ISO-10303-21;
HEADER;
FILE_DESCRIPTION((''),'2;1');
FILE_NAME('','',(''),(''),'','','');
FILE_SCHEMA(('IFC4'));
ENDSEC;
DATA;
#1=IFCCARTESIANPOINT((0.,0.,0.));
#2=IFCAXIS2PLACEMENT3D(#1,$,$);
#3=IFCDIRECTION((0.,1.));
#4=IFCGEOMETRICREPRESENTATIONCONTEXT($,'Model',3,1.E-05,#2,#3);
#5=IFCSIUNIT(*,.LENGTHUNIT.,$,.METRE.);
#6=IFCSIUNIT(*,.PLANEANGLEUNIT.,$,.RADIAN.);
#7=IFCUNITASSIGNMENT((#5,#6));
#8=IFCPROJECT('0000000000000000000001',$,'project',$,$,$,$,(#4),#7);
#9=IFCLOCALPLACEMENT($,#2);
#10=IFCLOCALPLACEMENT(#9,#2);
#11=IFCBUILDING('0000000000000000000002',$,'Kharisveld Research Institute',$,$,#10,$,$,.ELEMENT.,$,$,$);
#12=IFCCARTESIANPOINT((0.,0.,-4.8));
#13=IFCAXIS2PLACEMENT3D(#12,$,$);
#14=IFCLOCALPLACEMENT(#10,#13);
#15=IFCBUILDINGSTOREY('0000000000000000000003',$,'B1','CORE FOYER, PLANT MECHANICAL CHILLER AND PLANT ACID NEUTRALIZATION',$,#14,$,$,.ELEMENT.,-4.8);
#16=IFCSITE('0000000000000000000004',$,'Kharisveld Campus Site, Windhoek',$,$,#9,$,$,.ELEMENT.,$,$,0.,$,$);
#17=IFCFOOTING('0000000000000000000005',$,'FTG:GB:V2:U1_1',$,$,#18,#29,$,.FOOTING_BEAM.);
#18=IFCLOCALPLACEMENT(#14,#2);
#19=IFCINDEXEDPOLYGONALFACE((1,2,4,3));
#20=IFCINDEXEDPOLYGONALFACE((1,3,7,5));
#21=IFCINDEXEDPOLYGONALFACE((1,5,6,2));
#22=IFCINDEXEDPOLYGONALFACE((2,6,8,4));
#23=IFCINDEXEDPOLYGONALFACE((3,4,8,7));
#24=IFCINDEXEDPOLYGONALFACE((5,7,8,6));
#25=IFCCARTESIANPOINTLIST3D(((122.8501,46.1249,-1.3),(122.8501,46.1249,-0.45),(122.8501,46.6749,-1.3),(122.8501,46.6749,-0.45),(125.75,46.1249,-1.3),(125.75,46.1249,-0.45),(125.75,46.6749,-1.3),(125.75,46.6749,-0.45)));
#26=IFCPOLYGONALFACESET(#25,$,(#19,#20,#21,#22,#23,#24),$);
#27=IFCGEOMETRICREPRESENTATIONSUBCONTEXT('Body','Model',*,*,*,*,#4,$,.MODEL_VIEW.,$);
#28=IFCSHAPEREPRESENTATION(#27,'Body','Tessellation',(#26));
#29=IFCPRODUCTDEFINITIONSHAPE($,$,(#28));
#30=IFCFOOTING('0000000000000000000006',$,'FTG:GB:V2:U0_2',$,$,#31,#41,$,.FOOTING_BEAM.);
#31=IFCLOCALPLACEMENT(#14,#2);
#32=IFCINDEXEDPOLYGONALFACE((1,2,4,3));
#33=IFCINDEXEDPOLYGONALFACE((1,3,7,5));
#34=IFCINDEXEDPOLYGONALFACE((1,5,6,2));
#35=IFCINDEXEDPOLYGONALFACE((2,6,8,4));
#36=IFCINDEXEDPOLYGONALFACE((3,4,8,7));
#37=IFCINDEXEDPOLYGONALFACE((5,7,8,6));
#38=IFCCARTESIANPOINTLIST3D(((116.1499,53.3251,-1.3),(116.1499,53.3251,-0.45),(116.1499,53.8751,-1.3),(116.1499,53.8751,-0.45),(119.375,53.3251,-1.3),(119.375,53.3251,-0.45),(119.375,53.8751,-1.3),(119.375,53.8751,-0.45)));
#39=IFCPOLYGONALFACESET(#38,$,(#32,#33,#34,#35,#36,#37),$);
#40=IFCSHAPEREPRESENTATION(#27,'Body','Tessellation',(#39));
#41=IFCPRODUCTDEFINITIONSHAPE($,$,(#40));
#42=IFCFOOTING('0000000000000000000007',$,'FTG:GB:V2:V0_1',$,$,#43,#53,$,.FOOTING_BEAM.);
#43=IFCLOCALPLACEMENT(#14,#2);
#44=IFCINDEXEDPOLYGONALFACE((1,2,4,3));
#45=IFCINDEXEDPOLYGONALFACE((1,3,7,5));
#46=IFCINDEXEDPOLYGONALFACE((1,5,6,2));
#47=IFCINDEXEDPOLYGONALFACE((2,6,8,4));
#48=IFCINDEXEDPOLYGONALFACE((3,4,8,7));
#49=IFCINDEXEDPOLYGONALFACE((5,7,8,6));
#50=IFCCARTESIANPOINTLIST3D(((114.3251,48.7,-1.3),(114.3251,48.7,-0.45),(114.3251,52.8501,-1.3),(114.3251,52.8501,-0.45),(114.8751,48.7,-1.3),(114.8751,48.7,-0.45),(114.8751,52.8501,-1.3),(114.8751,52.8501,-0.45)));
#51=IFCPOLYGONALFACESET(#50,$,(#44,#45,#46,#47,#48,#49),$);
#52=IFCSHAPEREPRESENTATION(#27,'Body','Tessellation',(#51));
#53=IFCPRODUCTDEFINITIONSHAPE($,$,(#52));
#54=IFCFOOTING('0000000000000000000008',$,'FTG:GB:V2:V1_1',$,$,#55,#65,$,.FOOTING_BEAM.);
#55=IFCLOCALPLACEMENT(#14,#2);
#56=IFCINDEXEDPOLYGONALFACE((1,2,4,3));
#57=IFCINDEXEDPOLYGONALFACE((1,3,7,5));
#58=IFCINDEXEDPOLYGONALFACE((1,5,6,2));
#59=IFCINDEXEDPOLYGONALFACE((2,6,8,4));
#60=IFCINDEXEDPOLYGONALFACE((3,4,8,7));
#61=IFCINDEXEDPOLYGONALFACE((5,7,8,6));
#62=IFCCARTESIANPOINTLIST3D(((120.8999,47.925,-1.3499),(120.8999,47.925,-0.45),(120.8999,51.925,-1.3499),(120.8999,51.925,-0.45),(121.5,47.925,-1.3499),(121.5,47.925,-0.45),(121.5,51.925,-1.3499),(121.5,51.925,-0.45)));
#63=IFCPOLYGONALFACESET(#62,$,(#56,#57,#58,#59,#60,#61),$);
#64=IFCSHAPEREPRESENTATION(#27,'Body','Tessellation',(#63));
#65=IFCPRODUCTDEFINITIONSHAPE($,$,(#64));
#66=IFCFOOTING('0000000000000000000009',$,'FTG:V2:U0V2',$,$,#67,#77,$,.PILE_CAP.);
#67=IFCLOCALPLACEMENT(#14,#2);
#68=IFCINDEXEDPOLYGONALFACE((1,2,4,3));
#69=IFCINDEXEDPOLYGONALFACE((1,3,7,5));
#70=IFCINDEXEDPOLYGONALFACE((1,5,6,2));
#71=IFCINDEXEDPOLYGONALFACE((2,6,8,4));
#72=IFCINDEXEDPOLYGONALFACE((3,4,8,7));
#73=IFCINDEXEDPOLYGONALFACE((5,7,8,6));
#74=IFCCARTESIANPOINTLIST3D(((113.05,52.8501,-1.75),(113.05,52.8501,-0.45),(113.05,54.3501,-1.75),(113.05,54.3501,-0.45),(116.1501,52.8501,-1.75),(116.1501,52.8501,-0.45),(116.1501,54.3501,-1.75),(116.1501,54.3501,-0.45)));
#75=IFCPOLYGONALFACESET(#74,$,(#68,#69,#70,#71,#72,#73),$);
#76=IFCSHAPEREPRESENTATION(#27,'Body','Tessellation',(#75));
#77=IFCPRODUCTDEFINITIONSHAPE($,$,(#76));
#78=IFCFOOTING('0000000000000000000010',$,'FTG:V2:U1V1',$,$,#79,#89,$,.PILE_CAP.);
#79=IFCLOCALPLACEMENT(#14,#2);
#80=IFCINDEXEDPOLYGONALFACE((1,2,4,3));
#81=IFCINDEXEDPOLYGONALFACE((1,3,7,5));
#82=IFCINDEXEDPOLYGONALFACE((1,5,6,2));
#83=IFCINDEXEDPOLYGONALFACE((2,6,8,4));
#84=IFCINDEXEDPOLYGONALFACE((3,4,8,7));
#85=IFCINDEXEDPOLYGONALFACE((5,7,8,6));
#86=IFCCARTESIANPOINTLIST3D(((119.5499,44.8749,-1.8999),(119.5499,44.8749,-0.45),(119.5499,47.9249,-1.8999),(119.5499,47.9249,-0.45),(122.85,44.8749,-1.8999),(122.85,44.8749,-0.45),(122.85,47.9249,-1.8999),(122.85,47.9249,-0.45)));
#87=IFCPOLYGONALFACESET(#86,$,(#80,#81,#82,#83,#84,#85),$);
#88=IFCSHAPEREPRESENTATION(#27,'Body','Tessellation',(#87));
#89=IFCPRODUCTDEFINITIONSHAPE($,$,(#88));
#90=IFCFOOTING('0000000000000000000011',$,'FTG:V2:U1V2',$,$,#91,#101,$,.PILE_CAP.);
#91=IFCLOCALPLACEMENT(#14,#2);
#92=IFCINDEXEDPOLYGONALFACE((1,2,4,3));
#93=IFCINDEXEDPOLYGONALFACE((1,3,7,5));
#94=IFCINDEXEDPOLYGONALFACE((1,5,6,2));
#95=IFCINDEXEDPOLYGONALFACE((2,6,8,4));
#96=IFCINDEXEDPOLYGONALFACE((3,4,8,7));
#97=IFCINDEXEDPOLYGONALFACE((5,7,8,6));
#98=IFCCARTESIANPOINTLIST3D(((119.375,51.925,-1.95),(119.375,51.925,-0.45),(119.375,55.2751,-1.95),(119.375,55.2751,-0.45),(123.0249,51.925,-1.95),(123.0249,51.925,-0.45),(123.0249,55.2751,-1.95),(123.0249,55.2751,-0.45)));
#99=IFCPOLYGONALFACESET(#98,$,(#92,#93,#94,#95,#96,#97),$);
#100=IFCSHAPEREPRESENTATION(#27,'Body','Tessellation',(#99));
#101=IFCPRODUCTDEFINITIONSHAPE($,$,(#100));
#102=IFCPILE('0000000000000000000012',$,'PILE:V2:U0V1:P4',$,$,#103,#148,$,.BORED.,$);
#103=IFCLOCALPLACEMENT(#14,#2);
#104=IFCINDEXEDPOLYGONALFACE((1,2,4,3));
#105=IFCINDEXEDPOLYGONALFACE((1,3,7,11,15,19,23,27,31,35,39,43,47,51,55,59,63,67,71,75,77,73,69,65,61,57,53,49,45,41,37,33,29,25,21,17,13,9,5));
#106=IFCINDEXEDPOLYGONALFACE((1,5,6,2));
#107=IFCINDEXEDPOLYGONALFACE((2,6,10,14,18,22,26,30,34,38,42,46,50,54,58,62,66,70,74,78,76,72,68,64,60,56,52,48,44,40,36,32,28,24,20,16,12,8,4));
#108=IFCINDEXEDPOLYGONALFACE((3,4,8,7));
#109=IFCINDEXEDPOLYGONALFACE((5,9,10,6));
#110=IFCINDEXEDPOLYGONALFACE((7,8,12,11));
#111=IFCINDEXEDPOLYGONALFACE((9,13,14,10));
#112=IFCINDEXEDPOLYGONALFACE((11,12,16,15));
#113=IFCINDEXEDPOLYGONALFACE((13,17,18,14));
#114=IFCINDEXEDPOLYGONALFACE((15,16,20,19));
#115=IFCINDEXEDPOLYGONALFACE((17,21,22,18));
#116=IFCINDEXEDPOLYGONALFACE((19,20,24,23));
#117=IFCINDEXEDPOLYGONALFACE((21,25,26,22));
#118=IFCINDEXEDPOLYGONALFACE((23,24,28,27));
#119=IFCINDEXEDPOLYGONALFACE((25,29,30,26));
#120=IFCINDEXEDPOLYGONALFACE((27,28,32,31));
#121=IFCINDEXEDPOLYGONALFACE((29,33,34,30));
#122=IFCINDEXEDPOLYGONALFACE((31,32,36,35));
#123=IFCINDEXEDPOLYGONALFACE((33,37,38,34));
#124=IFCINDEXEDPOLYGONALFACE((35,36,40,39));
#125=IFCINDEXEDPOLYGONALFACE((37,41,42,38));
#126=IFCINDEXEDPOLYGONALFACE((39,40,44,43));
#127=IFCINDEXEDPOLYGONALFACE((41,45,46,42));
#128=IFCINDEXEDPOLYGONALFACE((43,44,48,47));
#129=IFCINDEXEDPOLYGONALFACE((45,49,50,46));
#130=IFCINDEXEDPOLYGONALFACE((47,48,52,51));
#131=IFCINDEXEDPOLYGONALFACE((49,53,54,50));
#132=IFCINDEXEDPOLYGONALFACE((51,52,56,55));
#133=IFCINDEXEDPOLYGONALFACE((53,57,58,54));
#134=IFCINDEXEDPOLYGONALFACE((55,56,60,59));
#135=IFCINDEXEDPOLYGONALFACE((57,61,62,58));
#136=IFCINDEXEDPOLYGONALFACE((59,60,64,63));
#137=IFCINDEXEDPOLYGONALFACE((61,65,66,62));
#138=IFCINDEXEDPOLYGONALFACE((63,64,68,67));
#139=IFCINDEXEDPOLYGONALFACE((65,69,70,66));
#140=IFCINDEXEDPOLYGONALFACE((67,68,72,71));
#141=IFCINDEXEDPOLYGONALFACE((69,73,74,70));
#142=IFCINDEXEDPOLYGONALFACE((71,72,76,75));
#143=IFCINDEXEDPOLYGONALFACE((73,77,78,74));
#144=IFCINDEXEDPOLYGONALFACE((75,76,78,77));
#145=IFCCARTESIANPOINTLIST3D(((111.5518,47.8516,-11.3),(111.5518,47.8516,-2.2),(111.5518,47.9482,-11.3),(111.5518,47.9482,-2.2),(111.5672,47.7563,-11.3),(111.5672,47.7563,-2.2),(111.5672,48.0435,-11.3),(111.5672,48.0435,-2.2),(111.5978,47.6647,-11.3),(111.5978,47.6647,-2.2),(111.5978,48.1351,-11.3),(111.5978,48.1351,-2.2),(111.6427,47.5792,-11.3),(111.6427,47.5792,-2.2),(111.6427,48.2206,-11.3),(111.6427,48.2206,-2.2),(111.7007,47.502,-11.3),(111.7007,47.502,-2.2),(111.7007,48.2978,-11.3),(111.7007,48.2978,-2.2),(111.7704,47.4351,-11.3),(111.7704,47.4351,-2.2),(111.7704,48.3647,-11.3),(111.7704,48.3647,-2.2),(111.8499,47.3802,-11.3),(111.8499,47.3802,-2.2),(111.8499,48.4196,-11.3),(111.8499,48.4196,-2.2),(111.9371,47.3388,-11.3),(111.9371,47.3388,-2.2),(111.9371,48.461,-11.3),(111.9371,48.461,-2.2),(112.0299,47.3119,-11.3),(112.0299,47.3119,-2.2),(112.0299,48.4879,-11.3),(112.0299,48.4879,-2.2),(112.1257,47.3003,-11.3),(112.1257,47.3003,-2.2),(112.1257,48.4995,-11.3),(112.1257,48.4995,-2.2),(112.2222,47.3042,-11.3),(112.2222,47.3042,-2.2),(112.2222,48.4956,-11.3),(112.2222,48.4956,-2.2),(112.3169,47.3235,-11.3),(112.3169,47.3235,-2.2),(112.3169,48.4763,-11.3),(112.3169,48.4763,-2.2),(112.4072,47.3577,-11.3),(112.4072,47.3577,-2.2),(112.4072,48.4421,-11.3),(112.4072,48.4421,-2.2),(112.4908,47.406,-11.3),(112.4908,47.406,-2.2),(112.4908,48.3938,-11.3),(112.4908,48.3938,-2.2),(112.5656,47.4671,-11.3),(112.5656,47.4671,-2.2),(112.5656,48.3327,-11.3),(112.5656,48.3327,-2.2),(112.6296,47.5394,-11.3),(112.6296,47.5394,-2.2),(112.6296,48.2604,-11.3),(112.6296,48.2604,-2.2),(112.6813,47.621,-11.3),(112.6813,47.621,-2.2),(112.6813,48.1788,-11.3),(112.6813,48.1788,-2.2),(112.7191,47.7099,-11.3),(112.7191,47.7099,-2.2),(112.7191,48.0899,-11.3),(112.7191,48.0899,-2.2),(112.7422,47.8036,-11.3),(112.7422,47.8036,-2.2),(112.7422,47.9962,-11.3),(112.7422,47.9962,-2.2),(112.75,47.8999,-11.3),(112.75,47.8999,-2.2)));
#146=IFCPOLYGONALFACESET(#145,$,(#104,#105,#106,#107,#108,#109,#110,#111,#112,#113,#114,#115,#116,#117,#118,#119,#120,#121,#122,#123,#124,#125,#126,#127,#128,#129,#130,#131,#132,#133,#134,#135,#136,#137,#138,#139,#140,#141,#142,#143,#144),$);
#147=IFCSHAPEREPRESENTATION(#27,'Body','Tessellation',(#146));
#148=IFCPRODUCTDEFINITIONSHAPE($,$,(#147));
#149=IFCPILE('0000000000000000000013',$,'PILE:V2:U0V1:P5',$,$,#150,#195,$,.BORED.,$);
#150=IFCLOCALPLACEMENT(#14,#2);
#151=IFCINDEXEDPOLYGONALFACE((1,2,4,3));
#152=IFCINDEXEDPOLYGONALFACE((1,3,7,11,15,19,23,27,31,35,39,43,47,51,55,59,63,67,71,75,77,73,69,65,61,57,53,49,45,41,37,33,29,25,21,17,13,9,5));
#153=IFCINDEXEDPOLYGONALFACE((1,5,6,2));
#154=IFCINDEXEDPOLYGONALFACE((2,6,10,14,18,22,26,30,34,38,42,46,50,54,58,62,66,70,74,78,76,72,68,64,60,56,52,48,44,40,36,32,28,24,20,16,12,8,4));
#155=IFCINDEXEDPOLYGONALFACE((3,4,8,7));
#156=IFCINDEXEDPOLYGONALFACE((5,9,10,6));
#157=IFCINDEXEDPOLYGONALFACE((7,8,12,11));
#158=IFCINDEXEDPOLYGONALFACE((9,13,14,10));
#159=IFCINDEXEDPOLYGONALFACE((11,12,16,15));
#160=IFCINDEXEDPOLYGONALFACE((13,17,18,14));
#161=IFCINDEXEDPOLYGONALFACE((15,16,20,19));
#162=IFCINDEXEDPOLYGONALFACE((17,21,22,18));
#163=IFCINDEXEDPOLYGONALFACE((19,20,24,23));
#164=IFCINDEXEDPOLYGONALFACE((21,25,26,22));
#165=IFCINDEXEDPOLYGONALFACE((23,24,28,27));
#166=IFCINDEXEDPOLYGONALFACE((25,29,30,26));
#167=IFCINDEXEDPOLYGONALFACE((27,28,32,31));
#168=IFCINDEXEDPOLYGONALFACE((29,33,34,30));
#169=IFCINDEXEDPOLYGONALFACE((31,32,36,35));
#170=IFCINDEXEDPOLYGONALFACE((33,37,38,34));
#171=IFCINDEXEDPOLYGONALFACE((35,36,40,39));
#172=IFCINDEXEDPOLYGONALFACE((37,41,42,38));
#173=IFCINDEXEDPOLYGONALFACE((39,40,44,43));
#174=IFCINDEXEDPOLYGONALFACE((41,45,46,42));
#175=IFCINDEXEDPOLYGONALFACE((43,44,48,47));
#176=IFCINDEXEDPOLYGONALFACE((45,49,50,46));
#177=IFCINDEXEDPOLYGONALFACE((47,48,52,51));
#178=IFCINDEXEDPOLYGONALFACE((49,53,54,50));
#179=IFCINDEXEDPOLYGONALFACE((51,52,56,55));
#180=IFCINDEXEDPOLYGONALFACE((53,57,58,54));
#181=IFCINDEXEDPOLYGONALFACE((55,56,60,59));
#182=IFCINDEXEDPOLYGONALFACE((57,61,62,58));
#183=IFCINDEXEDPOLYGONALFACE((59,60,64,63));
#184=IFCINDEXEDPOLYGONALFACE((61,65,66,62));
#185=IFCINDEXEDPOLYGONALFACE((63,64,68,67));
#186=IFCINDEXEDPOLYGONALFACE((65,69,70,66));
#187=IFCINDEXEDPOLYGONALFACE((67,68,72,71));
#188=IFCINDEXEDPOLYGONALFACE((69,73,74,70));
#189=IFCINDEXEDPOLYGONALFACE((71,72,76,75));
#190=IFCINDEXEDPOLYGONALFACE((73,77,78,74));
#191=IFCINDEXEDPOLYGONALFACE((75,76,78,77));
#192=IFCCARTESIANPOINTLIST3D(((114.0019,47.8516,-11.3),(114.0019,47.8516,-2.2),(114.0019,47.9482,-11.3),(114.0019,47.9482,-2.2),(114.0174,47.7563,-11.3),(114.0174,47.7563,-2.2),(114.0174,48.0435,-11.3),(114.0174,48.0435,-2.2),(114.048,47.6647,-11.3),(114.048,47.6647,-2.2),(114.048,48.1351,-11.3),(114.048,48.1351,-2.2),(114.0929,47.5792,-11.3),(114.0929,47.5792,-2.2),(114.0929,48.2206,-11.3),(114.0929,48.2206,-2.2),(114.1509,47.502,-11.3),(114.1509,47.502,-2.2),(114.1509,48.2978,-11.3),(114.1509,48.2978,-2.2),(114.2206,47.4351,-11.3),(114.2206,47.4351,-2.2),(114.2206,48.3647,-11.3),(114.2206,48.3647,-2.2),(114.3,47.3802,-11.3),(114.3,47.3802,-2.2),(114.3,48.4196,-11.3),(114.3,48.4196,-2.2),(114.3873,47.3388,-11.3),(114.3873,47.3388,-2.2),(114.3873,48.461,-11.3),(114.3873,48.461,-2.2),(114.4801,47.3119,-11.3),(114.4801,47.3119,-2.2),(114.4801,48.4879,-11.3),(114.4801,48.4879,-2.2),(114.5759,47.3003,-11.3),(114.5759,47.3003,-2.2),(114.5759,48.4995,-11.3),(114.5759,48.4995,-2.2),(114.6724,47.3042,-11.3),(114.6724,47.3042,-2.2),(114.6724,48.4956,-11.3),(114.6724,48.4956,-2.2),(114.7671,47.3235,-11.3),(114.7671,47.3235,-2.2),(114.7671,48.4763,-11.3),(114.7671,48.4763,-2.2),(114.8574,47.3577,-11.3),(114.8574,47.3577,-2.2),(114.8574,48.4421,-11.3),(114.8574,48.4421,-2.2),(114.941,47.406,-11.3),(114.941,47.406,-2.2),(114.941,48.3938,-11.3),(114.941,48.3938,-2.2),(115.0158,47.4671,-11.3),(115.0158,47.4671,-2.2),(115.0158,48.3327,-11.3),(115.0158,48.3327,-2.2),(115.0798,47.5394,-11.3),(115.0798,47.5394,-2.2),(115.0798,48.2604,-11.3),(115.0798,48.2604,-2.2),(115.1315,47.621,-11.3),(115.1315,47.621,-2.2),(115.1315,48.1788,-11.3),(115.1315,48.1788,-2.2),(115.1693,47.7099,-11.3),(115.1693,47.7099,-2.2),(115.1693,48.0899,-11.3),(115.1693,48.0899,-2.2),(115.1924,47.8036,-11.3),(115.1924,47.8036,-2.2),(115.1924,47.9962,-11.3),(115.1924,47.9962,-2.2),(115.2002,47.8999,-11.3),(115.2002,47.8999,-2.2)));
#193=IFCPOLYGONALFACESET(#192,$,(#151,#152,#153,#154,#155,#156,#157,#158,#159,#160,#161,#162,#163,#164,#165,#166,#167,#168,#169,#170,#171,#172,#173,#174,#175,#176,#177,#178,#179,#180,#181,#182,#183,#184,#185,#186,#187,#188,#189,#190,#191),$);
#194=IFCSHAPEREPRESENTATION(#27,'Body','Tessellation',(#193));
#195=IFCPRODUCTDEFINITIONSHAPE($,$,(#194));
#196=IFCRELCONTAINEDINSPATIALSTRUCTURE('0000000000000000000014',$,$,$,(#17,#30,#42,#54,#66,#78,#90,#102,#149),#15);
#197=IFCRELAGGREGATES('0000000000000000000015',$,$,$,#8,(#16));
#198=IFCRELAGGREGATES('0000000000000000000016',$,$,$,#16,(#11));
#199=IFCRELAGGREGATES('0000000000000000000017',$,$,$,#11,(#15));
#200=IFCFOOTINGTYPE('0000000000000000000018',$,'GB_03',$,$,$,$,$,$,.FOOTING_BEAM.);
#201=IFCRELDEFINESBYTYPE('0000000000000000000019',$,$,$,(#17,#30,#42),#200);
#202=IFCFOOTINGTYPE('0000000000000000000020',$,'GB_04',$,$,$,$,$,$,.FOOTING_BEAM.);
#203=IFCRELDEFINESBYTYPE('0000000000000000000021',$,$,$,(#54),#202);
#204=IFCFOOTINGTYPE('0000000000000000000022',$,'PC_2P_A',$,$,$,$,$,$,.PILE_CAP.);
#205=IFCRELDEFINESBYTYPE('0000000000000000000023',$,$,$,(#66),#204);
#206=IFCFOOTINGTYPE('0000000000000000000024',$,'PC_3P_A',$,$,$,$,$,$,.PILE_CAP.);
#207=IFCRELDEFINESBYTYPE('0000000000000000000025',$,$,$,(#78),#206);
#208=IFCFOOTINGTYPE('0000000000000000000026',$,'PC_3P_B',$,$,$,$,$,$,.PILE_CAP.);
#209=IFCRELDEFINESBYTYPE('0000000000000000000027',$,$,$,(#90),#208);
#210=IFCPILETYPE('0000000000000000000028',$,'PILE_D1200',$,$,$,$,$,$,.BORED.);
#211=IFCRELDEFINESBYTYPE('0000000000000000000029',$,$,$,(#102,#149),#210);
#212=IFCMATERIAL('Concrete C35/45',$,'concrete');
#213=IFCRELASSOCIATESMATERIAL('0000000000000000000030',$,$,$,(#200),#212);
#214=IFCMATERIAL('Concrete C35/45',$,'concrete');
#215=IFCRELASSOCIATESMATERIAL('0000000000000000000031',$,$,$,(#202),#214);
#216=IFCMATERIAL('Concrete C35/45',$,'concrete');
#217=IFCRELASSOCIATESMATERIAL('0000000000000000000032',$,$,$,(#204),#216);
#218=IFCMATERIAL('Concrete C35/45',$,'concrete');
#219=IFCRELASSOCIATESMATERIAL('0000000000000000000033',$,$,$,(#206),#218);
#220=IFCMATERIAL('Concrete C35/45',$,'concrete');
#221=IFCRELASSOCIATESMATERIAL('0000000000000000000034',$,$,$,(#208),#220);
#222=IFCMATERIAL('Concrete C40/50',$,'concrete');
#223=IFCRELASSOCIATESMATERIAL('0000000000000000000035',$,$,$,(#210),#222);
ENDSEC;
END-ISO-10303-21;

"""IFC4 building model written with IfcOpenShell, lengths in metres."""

from ifc_helpers import new_model, si_unit, direction, frame, origin, origin_2d, place, context, subcontext, project, spatial, rectangle, circle, extrude, material, material_profile, profile_set, type_object, element, save


model = new_model("IFC4")

# Units and contexts
model_context = context("Model", 3, precision=1e-05, world=origin(), true_north=direction((0.0, 1.0)))
body_context = subcontext(model_context, "Body", "Model", "MODEL_VIEW")
ifc_project = project(units=[si_unit("LENGTHUNIT", "METRE"), si_unit("PLANEANGLEUNIT", "RADIAN")], contexts=[model_context])

# Site, building, storey
site_placement = place(None, origin())
site = spatial("IfcSite", under=ifc_project, at=site_placement, Name="Kharisveld Campus Site, Windhoek", CompositionType="ELEMENT", RefElevation=0.0)
building_placement = place(site_placement, origin())
building = spatial("IfcBuilding", under=site, at=building_placement, Name="Kharisveld Research Institute", CompositionType="ELEMENT")
storey_placement = place(building_placement, frame((0.0, 0.0, -4.8)))
storey = spatial("IfcBuildingStorey", under=building, at=storey_placement, Name="B1", Description="CORE FOYER, PLANT MECHANICAL CHILLER AND PLANT ACID NEUTRALIZATION", CompositionType="ELEMENT", Elevation=-4.8)

# Footings
ifc_material_1 = material(Name="Concrete C35/45", Category="concrete")
ifc_material_profile_1 = material_profile(ifc_material_1, rectangle(XDim=0.55, YDim=0.8501, at=origin_2d()))
ifc_profile_set_1 = profile_set([ifc_material_profile_1], Name="Concrete C35/45")
footing_type_1 = type_object("IfcFootingType", Name="GB_03", PredefinedType="FOOTING_BEAM", material=ifc_profile_set_1)
footing_1_placement = place(storey_placement, frame((122.8501, 46.3999, -0.875), z_axis=(1.0, 0.0, 0.0), x_axis=(0.0, 1.0, 0.0)))
element("IfcFooting", 1, at=footing_1_placement, inside=storey, type_object=footing_type_1, Name="FTG:GB:V2:U1_1", PredefinedType="FOOTING_BEAM", context=body_context, shape_type="SweptSolid", body=[
    extrude(rectangle(XDim=0.55, YDim=0.8501, at=origin_2d()), origin(), (0.0, 0.0, 1.0), 2.8999),
])
footing_2_placement = place(storey_placement, frame((116.1499, 53.6001, -0.875), z_axis=(1.0, 0.0, 0.0), x_axis=(0.0, 1.0, 0.0)))
element("IfcFooting", 2, at=footing_2_placement, inside=storey, type_object=footing_type_1, Name="FTG:GB:V2:U0_2", PredefinedType="FOOTING_BEAM", context=body_context, shape_type="SweptSolid", body=[
    extrude(rectangle(XDim=0.55, YDim=0.8501, at=origin_2d()), origin(), (0.0, 0.0, 1.0), 3.2251),
])
footing_3_placement = place(storey_placement, frame((114.6001, 48.7, -0.875), z_axis=(0.0, 1.0, 0.0), x_axis=(-1.0, 0.0, 0.0)))
element("IfcFooting", 3, at=footing_3_placement, inside=storey, type_object=footing_type_1, Name="FTG:GB:V2:V0_1", PredefinedType="FOOTING_BEAM", context=body_context, shape_type="SweptSolid", body=[
    extrude(rectangle(XDim=0.55, YDim=0.8501, at=origin_2d()), origin(), (0.0, 0.0, 1.0), 4.1501),
])
ifc_material_2 = material(Name="Concrete C35/45", Category="concrete")
ifc_material_profile_2 = material_profile(ifc_material_2, rectangle(XDim=0.6001, YDim=0.8999, at=origin_2d()))
ifc_profile_set_2 = profile_set([ifc_material_profile_2], Name="Concrete C35/45")
footing_type_2 = type_object("IfcFootingType", Name="GB_04", PredefinedType="FOOTING_BEAM", material=ifc_profile_set_2)
footing_4_placement = place(storey_placement, frame((121.2, 47.925, -0.8999), z_axis=(0.0, 1.0, 0.0), x_axis=(-1.0, 0.0, 0.0)))
element("IfcFooting", 4, at=footing_4_placement, inside=storey, type_object=footing_type_2, Name="FTG:GB:V2:V1_1", PredefinedType="FOOTING_BEAM", context=body_context, shape_type="SweptSolid", body=[
    extrude(rectangle(XDim=0.6001, YDim=0.8999, at=origin_2d()), origin(), (0.0, 0.0, 1.0), 4.0),
])
ifc_material_3 = material(Name="Concrete C35/45", Category="concrete")
footing_type_3 = type_object("IfcFootingType", Name="PC_2P_A", PredefinedType="PILE_CAP", material=ifc_material_3)
footing_5_placement = place(storey_placement, frame((114.6001, 53.6001, -1.75), z_axis=(0.0, 0.0, 1.0), x_axis=(1.0, 0.0, 0.0)))
element("IfcFooting", 5, at=footing_5_placement, inside=storey, type_object=footing_type_3, Name="FTG:V2:U0V2", PredefinedType="PILE_CAP", context=body_context, shape_type="SweptSolid", body=[
    extrude(rectangle(XDim=3.1001, YDim=1.5, at=origin_2d()), origin(), (0.0, 0.0, 1.0), 1.3),
])
ifc_material_4 = material(Name="Concrete C35/45", Category="concrete")
footing_type_4 = type_object("IfcFootingType", Name="PC_3P_A", PredefinedType="PILE_CAP", material=ifc_material_4)
footing_6_placement = place(storey_placement, frame((121.2, 46.3999, -1.8999), z_axis=(0.0, 0.0, 1.0), x_axis=(1.0, 0.0, 0.0)))
element("IfcFooting", 6, at=footing_6_placement, inside=storey, type_object=footing_type_4, Name="FTG:V2:U1V1", PredefinedType="PILE_CAP", context=body_context, shape_type="SweptSolid", body=[
    extrude(rectangle(XDim=3.3, YDim=3.05, at=origin_2d()), origin(), (0.0, 0.0, 1.0), 1.45),
])
ifc_material_5 = material(Name="Concrete C35/45", Category="concrete")
footing_type_5 = type_object("IfcFootingType", Name="PC_3P_B", PredefinedType="PILE_CAP", material=ifc_material_5)
footing_7_placement = place(storey_placement, frame((121.2, 53.6001, -1.95), z_axis=(0.0, 0.0, 1.0), x_axis=(1.0, 0.0, 0.0)))
element("IfcFooting", 7, at=footing_7_placement, inside=storey, type_object=footing_type_5, Name="FTG:V2:U1V2", PredefinedType="PILE_CAP", context=body_context, shape_type="SweptSolid", body=[
    extrude(rectangle(XDim=3.6499, YDim=3.3501, at=origin_2d()), origin(), (0.0, 0.0, 1.0), 1.5),
])

# Piles
ifc_material_6 = material(Name="Concrete C40/50", Category="concrete")
ifc_material_profile_3 = material_profile(ifc_material_6, circle(Radius=0.6001, at=origin_2d()))
ifc_profile_set_3 = profile_set([ifc_material_profile_3], Name="Concrete C40/50")
pile_type_1 = type_object("IfcPileType", Name="PILE_D1200", PredefinedType="BORED", material=ifc_profile_set_3)
for number, where, z_axis, x_axis, name in (
    (8, (112.1499, 47.8999, -2.2), (0.0, 0.0, -1.0), (1.0, 0.0, 0.0), "PILE:V2:U0V1:P4"),
    (9, (114.6001, 47.8999, -2.2), (0.0, 0.0, -1.0), (1.0, 0.0, 0.0), "PILE:V2:U0V1:P5"),
):
    element("IfcPile", number, at=place(storey_placement, frame(where, z_axis=z_axis, x_axis=x_axis)), inside=storey, type_object=pile_type_1, Name=name, PredefinedType="BORED", context=body_context, shape_type="SweptSolid", body=[
        extrude(circle(Radius=0.6001, at=origin_2d()), origin(), (0.0, 0.0, 1.0), 9.1001),
    ])

save(model, "model.ifc")
